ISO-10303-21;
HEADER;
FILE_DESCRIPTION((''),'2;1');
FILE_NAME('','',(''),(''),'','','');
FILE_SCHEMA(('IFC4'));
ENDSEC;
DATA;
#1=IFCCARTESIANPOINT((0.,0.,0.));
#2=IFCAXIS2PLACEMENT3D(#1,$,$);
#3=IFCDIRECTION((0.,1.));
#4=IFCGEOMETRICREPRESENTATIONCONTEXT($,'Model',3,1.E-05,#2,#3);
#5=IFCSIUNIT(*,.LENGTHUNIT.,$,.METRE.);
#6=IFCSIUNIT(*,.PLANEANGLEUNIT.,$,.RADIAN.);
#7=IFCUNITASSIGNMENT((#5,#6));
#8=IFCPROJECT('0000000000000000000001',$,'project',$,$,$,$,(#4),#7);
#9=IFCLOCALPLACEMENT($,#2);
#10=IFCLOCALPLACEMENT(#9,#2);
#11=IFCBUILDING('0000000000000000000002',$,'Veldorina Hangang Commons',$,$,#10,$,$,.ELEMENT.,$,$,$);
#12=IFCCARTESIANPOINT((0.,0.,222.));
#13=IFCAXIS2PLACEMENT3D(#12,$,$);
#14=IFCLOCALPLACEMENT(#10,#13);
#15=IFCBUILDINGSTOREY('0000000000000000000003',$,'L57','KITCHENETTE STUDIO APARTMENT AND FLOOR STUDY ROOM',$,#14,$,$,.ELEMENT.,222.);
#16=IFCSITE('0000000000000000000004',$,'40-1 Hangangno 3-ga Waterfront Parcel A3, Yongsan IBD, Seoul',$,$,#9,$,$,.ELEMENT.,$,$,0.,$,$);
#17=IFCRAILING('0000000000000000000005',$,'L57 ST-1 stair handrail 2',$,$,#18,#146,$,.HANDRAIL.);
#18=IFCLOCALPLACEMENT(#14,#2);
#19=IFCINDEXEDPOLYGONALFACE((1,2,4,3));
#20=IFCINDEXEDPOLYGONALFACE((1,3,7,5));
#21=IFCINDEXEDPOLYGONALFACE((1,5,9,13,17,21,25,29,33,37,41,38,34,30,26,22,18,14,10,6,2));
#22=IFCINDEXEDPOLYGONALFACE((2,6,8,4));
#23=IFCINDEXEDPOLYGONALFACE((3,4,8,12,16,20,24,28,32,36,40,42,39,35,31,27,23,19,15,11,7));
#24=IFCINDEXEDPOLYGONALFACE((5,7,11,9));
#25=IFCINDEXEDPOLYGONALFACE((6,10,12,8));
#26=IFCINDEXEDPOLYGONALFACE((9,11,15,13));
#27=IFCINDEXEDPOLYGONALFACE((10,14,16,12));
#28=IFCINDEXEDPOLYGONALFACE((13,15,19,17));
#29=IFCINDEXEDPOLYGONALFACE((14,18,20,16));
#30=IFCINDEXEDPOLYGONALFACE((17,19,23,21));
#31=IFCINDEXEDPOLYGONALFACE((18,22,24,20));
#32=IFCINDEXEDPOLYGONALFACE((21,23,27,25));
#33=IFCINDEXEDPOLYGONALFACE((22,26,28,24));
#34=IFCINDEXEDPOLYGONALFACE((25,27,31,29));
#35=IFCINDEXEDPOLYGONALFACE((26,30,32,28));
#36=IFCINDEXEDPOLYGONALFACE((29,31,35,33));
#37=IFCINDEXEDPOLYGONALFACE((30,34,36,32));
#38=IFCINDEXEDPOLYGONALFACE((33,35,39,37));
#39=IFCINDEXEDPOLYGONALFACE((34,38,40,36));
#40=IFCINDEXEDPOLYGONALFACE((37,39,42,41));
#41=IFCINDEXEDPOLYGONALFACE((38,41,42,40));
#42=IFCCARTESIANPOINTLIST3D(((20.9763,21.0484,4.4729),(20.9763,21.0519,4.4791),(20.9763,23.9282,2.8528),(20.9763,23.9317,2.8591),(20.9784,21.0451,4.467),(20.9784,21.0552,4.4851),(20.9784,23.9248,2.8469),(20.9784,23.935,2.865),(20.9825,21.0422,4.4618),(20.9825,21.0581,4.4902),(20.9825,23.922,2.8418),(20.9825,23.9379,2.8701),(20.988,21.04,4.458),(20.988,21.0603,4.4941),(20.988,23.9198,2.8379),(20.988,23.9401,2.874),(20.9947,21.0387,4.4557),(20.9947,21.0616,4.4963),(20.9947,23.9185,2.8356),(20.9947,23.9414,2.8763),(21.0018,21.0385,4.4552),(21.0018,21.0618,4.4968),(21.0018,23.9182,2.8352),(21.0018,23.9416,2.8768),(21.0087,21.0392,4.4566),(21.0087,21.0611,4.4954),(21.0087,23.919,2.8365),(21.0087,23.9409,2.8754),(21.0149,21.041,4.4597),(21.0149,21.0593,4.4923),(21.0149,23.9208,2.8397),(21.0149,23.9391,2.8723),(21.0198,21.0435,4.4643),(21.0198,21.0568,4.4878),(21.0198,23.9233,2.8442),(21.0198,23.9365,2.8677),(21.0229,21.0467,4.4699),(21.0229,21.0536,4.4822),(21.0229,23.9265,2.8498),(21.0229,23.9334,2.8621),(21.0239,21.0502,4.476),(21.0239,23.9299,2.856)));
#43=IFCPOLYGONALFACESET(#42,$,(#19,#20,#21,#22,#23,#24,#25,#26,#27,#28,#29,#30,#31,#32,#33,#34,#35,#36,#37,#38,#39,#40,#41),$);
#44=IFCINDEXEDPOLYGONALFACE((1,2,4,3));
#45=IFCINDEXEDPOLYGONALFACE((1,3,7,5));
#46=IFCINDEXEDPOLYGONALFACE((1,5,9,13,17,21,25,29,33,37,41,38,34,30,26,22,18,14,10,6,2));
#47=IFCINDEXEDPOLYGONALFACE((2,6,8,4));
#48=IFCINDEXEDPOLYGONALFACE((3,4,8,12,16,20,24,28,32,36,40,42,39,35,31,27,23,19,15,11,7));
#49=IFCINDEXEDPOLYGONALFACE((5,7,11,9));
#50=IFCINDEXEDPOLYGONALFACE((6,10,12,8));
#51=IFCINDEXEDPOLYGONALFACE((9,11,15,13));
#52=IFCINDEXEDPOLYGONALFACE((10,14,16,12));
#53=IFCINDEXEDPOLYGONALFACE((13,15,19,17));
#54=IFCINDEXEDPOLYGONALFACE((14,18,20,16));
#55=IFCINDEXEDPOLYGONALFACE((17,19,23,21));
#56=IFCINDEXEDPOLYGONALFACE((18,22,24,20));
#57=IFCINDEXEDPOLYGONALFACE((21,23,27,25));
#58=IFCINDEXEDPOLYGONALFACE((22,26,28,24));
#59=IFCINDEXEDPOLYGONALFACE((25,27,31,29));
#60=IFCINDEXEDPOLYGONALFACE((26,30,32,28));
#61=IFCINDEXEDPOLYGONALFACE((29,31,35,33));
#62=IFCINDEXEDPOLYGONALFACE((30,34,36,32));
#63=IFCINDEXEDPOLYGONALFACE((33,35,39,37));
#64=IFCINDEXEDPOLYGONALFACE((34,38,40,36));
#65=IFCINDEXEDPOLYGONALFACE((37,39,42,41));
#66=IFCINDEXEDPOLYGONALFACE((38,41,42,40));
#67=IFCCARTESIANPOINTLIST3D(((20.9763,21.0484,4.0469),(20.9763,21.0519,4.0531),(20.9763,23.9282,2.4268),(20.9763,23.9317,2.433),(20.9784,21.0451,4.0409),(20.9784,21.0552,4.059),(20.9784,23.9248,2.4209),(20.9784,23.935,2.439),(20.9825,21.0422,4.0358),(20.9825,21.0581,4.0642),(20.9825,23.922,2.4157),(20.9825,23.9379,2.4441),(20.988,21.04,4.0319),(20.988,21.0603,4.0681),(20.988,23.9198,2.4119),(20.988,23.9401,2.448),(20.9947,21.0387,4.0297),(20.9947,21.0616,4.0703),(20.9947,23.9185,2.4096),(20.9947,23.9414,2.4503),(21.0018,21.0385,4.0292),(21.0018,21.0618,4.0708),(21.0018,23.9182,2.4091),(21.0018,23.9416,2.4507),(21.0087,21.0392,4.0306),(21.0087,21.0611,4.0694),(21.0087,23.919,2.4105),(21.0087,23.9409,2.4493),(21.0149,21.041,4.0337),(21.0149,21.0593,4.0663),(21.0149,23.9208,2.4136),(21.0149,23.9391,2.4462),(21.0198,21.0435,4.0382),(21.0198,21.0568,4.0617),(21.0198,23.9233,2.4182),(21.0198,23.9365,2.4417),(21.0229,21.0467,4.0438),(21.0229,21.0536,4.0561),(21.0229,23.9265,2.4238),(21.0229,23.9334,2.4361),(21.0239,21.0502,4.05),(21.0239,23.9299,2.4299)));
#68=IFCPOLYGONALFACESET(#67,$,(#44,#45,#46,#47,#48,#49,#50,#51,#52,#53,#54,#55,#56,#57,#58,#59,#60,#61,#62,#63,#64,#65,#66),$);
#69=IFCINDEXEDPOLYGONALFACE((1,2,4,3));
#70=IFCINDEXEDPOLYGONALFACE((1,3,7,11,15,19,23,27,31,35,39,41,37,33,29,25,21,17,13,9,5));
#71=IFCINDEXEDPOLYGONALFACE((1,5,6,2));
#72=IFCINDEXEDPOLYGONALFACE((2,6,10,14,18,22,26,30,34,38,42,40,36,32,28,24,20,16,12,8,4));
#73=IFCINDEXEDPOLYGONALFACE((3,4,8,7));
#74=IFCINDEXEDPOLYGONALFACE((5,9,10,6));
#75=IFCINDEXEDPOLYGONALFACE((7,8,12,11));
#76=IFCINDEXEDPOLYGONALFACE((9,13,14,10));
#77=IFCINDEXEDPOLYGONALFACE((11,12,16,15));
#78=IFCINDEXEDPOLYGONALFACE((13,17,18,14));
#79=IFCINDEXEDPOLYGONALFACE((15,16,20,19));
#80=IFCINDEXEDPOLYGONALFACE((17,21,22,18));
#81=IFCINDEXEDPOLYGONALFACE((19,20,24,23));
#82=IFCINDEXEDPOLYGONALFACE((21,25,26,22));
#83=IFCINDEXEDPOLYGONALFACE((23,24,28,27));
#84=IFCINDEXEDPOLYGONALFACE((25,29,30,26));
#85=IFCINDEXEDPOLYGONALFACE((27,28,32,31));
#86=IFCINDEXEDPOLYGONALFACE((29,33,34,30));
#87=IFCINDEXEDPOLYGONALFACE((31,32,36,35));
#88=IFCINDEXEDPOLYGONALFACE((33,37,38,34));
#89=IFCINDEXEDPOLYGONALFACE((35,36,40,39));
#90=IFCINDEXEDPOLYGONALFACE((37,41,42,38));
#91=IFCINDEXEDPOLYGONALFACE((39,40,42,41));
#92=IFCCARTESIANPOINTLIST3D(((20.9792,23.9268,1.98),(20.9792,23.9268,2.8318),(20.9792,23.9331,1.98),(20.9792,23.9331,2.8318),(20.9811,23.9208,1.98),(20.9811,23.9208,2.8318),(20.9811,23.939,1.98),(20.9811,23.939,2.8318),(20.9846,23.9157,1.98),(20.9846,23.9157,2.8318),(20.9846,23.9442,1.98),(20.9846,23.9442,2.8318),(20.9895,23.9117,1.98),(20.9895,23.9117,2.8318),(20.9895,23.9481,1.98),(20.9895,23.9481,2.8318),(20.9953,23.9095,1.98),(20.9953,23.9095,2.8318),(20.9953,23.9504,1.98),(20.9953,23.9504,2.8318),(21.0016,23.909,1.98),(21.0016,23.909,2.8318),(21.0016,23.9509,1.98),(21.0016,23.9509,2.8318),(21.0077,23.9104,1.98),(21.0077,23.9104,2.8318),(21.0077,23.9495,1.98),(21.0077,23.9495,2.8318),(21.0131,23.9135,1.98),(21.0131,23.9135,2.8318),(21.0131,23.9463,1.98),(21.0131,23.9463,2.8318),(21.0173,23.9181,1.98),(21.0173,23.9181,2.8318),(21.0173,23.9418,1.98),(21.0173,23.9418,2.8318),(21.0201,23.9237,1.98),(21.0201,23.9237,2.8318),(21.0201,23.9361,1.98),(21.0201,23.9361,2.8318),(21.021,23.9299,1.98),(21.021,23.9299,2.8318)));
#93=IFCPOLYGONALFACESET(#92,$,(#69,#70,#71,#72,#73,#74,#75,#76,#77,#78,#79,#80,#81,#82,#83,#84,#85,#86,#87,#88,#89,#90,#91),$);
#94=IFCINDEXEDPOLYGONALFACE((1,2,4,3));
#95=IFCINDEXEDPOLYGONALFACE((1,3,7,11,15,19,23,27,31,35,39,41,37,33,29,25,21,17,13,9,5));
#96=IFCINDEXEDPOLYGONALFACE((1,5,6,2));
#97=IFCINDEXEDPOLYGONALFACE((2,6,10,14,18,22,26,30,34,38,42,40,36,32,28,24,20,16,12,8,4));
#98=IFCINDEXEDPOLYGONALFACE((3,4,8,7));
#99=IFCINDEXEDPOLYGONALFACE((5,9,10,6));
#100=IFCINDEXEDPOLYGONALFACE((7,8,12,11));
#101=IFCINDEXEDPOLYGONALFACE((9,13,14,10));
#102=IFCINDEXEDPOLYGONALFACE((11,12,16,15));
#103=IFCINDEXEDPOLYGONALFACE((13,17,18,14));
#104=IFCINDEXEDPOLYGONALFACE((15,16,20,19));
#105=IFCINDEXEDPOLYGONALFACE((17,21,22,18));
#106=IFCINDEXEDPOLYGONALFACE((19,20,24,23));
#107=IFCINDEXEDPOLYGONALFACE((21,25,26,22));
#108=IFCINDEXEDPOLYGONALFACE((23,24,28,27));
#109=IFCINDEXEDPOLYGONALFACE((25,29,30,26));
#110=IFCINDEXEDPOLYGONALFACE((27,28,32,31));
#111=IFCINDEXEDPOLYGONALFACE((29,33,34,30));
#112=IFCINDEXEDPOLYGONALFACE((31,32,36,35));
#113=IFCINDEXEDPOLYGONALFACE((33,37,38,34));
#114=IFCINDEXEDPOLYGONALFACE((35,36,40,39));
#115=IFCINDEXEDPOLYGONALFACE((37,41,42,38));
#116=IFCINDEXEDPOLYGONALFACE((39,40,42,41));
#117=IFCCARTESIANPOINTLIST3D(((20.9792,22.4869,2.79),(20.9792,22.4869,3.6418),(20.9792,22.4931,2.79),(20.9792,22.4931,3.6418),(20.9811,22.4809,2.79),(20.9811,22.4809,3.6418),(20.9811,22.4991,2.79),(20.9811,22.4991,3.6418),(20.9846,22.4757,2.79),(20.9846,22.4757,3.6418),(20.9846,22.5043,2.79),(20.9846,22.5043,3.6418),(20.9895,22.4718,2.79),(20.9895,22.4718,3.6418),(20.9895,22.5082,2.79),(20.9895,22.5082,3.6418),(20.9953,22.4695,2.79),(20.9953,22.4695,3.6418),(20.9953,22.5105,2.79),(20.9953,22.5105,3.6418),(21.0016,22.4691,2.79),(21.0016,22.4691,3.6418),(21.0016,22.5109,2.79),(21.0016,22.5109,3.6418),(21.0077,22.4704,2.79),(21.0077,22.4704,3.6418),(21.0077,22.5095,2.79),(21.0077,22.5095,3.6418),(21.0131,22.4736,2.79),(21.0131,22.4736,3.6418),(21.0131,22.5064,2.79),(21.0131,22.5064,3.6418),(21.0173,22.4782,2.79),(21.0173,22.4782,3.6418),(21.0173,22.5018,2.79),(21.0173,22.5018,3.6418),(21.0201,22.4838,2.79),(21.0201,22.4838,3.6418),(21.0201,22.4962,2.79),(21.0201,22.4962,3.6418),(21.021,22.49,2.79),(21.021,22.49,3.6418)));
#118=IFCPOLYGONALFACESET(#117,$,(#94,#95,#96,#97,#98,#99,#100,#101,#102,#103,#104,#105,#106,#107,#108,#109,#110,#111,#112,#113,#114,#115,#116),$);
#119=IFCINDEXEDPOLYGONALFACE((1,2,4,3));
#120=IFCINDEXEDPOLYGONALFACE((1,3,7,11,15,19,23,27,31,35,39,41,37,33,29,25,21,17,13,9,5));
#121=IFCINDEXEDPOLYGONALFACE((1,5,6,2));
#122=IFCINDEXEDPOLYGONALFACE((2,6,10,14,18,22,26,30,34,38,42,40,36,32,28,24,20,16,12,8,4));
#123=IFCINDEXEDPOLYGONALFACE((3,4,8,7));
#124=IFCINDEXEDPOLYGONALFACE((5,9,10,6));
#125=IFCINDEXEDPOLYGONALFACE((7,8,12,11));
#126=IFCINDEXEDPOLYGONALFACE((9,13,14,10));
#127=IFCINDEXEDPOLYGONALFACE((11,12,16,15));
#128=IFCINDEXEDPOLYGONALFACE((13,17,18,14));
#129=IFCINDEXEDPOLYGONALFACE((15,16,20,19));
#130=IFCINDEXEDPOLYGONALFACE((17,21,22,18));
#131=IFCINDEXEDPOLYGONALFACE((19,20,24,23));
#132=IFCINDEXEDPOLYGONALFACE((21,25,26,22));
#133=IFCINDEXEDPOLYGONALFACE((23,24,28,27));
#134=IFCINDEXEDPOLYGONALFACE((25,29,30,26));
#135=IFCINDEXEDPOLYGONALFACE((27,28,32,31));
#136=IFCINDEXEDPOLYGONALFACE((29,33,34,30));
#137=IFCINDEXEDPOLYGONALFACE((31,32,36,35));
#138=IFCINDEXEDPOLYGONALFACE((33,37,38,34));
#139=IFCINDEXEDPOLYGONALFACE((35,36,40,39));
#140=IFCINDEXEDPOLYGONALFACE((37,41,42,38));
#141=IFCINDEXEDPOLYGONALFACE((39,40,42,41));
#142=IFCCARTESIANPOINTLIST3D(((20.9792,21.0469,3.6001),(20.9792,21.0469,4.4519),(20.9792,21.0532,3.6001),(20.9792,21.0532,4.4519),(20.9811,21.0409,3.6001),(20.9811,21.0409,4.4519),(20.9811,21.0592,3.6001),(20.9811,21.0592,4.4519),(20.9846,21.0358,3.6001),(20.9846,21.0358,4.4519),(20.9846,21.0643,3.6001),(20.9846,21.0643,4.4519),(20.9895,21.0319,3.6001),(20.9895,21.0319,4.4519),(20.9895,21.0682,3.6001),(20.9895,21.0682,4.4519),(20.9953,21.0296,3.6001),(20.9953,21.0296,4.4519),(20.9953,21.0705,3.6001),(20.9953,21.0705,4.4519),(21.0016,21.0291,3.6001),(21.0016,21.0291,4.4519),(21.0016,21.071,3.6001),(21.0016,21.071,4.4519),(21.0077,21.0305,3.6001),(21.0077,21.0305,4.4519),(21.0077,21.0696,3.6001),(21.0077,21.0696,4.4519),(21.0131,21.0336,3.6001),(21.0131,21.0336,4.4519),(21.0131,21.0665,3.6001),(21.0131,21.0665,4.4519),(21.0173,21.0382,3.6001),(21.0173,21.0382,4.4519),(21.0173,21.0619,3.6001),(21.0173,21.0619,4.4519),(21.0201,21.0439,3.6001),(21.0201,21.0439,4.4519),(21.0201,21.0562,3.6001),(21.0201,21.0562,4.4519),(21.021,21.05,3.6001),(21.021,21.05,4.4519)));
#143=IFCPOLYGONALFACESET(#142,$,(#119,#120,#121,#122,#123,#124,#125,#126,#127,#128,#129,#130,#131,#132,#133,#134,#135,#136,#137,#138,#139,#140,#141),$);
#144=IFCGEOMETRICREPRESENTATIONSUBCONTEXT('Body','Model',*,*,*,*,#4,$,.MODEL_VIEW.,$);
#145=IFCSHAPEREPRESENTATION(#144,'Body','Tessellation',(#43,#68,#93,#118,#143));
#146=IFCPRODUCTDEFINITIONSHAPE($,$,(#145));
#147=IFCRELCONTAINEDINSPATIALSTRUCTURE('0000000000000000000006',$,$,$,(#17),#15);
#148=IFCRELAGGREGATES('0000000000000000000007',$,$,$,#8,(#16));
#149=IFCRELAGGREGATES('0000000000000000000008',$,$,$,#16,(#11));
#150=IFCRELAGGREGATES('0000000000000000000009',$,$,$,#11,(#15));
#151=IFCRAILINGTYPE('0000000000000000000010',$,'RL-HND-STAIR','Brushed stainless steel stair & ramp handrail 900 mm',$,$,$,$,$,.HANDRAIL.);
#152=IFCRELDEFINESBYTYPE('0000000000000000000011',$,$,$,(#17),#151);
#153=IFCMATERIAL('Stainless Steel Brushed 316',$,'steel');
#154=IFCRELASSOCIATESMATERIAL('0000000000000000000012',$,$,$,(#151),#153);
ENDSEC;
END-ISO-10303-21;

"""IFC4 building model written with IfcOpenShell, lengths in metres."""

from ifc_helpers import new_model, si_unit, direction, frame, origin, origin_2d, place, context, subcontext, project, spatial, circle, extrude, material, type_object, element, save


model = new_model("IFC4")

# Units and contexts
model_context = context("Model", 3, precision=1e-05, world=origin(), true_north=direction((0.0, 1.0)))
body_context = subcontext(model_context, "Body", "Model", "MODEL_VIEW")
ifc_project = project(units=[si_unit("LENGTHUNIT", "METRE"), si_unit("PLANEANGLEUNIT", "RADIAN")], contexts=[model_context])

# Site, building, storey
site_placement = place(None, origin())
site = spatial("IfcSite", under=ifc_project, at=site_placement, Name="40-1 Hangangno 3-ga Waterfront Parcel A3, Yongsan IBD, Seoul", CompositionType="ELEMENT", RefElevation=0.0)
building_placement = place(site_placement, origin())
building = spatial("IfcBuilding", under=site, at=building_placement, Name="Veldorina Hangang Commons", CompositionType="ELEMENT")
storey_placement = place(building_placement, frame((0.0, 0.0, 222.0)))
storey = spatial("IfcBuildingStorey", under=building, at=storey_placement, Name="L57", Description="KITCHENETTE STUDIO APARTMENT AND FLOOR STUDY ROOM", CompositionType="ELEMENT", Elevation=222.0)

# Railing
ifc_material_1 = material(Name="Stainless Steel Brushed 316", Category="steel")
railing_type_1 = type_object("IfcRailingType", Name="RL-HND-STAIR", Description="Brushed stainless steel stair & ramp handrail 900 mm", PredefinedType="HANDRAIL", material=ifc_material_1)
railing_1_placement = place(storey_placement, frame((21.0, 23.9299, 1.98)))
element("IfcRailing", 1, at=railing_1_placement, inside=storey, type_object=railing_type_1, Name="L57 ST-1 stair handrail 2", PredefinedType="HANDRAIL", context=body_context, shape_type="SweptSolid", body=[
    extrude(circle(Radius=0.0239, at=origin_2d()), frame((0.0, 0.0, 0.876), z_axis=(0.0, -0.871552, 0.490303), x_axis=(1.0, 0.0, 0.0)), (0.0, 0.0, 1.0), 3.3042),
    extrude(circle(Radius=0.0239, at=origin_2d()), frame((0.0, 0.0, 0.45), z_axis=(0.0, -0.871552, 0.490303), x_axis=(1.0, 0.0, 0.0)), (0.0, 0.0, 1.0), 3.3042),
    extrude(circle(Radius=0.021, at=origin_2d()), origin(), (0.0, 0.0, 1.0), 0.8518),
    extrude(circle(Radius=0.021, at=origin_2d()), frame((0.0, -1.4399, 0.8101)), (0.0, 0.0, 1.0), 0.8518),
    extrude(circle(Radius=0.021, at=origin_2d()), frame((0.0, -2.8799, 1.6201)), (0.0, 0.0, 1.0), 0.8518),
])

save(model, "model.ifc")
